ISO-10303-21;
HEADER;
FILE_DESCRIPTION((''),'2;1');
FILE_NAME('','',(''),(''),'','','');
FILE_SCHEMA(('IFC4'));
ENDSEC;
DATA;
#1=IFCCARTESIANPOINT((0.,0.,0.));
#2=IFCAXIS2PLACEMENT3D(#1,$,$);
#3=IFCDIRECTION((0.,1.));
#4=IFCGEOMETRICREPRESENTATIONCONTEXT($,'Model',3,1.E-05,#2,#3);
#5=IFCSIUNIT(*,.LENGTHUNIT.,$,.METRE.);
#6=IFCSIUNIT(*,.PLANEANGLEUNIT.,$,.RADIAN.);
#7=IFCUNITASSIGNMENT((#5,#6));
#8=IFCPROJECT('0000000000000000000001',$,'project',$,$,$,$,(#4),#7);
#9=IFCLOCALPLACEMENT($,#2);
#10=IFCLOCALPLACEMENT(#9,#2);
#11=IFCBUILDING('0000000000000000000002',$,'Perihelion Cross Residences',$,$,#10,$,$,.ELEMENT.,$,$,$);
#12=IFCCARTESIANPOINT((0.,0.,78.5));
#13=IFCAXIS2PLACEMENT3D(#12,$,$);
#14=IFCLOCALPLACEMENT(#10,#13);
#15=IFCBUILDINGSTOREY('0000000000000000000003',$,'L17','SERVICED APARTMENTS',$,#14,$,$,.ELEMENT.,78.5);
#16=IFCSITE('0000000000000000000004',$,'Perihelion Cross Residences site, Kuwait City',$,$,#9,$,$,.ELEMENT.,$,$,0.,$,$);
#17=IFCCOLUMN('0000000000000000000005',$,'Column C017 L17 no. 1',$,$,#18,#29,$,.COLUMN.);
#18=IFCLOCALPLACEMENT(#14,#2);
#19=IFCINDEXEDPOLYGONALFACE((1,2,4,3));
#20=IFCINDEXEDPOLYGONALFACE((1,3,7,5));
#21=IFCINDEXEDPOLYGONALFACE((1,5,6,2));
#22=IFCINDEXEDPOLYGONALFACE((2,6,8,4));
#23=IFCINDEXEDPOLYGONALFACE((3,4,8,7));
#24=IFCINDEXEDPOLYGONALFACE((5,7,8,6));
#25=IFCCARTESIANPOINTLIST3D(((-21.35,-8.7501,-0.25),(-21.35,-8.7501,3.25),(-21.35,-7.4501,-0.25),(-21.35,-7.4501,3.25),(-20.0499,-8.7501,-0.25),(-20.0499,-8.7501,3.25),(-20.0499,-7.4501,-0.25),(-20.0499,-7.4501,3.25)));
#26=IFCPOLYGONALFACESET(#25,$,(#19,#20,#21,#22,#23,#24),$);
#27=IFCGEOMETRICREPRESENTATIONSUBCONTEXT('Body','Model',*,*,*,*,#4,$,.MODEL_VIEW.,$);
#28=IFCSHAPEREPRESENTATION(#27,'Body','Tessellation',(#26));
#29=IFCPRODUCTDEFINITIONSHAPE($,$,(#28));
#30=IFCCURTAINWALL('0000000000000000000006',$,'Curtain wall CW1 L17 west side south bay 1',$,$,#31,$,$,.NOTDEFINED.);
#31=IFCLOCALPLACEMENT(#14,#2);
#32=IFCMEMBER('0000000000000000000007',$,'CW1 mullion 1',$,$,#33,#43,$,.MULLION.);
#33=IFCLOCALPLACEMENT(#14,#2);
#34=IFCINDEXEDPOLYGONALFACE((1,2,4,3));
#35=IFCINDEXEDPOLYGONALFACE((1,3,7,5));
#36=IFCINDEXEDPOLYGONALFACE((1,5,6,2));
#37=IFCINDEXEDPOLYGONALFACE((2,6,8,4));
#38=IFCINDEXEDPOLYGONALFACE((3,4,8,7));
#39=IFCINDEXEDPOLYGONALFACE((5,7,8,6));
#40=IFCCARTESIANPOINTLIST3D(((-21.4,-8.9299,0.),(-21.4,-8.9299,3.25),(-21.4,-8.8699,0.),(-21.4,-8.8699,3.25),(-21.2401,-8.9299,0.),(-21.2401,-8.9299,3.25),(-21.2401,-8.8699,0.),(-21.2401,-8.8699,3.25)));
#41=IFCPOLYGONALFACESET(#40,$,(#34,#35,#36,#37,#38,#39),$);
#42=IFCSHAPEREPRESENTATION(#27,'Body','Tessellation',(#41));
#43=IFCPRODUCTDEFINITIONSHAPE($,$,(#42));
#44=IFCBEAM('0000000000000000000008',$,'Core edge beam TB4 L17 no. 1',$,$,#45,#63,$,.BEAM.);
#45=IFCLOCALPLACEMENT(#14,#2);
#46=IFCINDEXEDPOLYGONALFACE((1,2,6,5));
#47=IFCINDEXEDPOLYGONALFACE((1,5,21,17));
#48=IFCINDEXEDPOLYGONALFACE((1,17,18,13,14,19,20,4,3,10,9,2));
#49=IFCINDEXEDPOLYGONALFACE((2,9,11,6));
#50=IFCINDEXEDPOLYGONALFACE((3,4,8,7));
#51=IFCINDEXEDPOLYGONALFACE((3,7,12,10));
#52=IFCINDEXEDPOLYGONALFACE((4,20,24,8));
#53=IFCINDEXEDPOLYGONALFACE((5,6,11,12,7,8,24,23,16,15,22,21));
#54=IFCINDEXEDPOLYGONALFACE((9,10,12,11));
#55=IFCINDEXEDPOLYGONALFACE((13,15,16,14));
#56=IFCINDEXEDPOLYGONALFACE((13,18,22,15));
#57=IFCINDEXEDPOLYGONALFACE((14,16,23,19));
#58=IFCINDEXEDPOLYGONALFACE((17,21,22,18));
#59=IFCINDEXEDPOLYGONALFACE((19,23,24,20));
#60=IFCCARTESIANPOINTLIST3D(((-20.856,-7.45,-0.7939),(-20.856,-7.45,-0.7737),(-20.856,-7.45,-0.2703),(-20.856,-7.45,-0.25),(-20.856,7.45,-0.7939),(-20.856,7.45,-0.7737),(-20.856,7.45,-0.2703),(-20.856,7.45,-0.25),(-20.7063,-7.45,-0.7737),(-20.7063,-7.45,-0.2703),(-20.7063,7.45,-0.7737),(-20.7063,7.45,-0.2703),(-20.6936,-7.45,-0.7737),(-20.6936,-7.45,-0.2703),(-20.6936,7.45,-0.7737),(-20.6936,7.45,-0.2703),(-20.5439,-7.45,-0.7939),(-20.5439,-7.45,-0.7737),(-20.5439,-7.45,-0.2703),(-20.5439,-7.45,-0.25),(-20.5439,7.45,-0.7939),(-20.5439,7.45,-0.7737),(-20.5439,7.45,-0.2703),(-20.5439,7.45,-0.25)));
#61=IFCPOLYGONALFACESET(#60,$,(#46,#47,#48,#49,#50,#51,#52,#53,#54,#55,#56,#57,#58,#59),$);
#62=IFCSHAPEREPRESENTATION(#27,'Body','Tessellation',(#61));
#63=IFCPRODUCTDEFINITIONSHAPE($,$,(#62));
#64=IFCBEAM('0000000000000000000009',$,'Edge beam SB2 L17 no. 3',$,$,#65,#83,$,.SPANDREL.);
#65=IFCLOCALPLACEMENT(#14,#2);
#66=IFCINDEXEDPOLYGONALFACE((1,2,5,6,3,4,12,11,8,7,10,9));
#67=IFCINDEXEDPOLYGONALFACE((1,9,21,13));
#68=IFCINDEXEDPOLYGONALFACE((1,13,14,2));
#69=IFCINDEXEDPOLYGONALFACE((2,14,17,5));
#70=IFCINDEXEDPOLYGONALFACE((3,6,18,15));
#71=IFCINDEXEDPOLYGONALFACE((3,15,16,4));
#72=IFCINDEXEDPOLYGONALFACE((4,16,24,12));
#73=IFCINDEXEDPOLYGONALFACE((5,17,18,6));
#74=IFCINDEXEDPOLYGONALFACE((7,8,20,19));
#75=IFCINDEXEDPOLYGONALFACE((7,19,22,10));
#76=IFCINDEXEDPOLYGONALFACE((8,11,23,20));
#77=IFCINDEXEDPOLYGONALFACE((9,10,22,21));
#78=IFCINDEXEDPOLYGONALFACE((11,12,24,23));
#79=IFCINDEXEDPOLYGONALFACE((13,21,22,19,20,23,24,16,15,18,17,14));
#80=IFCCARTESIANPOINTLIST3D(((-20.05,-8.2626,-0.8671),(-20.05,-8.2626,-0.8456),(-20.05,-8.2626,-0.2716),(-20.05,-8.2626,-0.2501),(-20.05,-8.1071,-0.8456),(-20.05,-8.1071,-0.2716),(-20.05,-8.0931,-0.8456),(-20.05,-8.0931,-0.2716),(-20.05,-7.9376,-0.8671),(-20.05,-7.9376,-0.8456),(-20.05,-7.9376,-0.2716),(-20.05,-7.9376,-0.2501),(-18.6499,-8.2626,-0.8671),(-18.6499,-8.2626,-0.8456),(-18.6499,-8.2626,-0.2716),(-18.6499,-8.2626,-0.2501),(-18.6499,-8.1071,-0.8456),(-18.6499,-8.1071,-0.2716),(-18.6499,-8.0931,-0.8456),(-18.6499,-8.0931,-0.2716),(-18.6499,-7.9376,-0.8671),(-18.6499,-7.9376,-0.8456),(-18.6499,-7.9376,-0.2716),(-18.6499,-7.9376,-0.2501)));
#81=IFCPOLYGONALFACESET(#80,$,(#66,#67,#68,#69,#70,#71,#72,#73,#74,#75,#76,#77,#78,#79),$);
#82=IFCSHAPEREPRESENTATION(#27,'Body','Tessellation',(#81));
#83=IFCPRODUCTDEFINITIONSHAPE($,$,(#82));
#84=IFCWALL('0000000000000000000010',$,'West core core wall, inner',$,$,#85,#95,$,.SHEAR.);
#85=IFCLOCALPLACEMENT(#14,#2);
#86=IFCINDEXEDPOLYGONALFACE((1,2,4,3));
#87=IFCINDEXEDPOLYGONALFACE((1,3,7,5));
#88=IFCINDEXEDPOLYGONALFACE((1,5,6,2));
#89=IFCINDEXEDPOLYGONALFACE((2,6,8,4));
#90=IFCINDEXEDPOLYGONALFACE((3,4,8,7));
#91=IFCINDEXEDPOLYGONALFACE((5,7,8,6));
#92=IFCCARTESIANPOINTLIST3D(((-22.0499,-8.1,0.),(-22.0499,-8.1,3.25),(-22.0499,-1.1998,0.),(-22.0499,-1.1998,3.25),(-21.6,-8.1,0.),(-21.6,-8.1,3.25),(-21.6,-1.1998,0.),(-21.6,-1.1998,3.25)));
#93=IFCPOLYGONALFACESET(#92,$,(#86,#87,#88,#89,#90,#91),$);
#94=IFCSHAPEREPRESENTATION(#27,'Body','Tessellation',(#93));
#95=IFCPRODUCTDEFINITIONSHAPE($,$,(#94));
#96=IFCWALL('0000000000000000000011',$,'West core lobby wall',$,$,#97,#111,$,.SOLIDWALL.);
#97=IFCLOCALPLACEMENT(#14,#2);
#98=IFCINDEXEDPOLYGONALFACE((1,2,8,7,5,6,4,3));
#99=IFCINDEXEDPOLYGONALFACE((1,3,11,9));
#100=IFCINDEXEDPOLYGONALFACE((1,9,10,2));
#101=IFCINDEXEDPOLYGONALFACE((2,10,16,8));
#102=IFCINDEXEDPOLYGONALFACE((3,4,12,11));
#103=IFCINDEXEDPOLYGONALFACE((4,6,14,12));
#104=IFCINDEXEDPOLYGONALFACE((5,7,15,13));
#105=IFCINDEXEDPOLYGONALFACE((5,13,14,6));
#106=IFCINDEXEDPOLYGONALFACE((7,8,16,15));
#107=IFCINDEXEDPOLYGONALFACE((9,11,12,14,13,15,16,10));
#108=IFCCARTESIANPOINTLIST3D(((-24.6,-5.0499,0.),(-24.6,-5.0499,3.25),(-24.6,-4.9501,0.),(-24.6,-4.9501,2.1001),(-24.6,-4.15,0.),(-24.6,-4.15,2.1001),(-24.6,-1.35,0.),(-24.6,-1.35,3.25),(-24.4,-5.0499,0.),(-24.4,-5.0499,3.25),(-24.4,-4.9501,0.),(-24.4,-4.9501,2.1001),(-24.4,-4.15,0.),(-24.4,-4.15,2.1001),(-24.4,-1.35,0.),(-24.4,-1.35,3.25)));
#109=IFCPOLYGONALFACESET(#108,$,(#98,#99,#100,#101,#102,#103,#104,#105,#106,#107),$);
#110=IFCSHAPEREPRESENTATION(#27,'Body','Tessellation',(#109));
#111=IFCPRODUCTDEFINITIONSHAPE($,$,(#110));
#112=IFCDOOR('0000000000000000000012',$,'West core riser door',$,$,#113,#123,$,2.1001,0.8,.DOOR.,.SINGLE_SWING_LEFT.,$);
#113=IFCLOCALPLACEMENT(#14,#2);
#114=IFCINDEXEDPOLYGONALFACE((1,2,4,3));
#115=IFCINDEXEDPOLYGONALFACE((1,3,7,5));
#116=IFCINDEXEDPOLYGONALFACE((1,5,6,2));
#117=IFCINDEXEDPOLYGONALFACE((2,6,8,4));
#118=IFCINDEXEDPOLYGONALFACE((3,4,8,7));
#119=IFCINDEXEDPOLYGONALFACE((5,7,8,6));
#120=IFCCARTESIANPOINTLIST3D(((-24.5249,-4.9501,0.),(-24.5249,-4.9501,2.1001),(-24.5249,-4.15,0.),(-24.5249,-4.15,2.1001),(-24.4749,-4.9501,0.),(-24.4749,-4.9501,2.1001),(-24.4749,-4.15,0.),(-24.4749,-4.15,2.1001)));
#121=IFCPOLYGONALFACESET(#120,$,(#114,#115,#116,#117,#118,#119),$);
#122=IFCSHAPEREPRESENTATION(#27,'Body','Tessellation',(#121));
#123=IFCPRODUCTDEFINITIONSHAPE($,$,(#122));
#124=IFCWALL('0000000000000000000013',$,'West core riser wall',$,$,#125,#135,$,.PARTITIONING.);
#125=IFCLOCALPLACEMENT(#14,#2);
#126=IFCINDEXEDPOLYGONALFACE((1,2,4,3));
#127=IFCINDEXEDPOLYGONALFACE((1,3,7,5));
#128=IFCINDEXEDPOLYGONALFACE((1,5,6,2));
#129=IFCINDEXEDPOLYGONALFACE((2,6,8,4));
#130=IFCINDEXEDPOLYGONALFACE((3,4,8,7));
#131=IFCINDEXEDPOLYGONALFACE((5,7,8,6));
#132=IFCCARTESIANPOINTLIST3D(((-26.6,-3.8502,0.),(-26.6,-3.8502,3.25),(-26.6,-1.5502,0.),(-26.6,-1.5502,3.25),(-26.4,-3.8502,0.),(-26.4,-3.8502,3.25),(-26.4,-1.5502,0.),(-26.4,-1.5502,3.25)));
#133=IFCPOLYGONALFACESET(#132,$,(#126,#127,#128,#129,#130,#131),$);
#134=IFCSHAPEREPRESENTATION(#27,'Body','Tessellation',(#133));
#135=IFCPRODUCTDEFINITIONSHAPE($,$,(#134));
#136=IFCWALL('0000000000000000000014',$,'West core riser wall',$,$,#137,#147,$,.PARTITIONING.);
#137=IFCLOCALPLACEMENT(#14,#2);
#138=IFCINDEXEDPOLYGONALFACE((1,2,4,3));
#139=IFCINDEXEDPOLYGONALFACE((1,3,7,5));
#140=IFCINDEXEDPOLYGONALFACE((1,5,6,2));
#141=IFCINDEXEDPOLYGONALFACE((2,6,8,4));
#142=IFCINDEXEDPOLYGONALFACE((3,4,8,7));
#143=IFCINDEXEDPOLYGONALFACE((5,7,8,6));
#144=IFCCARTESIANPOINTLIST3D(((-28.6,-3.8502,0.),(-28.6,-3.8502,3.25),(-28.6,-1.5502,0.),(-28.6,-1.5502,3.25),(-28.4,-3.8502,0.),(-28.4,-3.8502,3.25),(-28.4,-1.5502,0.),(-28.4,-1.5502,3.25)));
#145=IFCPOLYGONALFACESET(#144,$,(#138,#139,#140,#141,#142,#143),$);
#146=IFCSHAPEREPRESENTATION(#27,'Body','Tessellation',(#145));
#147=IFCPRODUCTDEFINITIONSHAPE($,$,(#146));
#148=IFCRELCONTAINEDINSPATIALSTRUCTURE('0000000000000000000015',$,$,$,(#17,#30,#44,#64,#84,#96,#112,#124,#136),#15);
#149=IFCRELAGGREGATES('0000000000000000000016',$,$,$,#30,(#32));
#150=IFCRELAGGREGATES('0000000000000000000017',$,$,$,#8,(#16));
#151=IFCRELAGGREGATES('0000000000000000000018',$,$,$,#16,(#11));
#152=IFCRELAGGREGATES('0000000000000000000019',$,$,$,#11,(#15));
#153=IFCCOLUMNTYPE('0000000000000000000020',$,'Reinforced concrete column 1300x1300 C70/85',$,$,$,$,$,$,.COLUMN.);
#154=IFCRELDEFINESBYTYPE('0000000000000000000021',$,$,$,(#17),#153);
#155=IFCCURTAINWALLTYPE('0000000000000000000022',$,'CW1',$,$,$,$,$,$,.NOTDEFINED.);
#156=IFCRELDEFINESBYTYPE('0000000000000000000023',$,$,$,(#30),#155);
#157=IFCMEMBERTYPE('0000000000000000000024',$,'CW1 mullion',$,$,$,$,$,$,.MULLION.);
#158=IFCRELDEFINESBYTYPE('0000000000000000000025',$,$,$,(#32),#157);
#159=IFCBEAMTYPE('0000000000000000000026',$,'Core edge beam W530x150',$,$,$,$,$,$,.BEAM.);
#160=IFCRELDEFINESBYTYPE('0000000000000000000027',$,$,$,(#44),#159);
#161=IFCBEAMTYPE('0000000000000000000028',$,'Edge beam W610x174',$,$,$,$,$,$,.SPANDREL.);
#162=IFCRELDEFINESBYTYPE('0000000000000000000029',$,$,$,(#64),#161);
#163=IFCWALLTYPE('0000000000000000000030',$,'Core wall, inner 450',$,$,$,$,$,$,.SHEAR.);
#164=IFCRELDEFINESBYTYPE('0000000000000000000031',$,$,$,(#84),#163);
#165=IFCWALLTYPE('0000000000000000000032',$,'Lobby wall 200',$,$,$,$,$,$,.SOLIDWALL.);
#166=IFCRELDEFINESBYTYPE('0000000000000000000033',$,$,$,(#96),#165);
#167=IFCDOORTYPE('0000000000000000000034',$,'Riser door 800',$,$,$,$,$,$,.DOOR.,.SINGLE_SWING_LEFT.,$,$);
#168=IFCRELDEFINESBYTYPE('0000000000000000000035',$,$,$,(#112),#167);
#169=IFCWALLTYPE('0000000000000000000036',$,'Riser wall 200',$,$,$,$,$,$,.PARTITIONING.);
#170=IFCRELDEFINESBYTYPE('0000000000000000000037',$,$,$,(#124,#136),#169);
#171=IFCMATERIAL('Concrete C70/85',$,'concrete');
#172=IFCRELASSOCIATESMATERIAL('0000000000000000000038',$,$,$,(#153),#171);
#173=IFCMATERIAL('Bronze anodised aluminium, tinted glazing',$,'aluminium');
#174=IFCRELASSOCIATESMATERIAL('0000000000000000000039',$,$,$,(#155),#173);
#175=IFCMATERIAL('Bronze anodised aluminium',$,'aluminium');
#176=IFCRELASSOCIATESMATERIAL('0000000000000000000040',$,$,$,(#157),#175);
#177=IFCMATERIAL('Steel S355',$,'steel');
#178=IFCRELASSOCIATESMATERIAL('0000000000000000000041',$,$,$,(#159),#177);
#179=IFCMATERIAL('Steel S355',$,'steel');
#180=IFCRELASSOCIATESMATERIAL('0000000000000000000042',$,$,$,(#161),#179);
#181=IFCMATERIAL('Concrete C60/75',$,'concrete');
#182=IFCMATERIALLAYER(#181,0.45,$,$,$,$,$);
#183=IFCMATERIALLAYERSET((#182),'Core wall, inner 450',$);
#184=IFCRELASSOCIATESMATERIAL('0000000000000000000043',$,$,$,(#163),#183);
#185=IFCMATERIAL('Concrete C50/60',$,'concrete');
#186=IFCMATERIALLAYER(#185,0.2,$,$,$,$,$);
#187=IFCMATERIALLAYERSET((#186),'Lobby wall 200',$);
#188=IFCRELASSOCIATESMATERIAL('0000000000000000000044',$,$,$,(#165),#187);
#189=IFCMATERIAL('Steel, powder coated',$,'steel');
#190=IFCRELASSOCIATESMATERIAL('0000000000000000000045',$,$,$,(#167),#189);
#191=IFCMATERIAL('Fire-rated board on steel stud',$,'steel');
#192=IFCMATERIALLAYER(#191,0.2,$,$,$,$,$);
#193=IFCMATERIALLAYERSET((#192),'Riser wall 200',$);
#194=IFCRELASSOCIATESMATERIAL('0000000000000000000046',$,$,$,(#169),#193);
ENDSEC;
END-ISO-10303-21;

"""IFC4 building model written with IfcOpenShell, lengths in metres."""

from ifc_helpers import new_model, si_unit, direction, frame, frame_2d, origin, origin_2d, place, context, subcontext, project, spatial, rectangle, i_section, extrude, material, layer, layer_set, material_profile, profile_set, type_object, element, fill, aggregate, save


model = new_model("IFC4")

# Units and contexts
model_context = context("Model", 3, precision=1e-05, world=origin(), true_north=direction((0.0, 1.0)))
body_context = subcontext(model_context, "Body", "Model", "MODEL_VIEW")
ifc_project = project(units=[si_unit("LENGTHUNIT", "METRE"), si_unit("PLANEANGLEUNIT", "RADIAN")], contexts=[model_context])

# Site, building, storey
site_placement = place(None, origin())
site = spatial("IfcSite", under=ifc_project, at=site_placement, Name="Perihelion Cross Residences site, Kuwait City", CompositionType="ELEMENT", RefElevation=0.0)
building_placement = place(site_placement, origin())
building = spatial("IfcBuilding", under=site, at=building_placement, Name="Perihelion Cross Residences", CompositionType="ELEMENT")
storey_placement = place(building_placement, frame((0.0, 0.0, 78.5)))
storey = spatial("IfcBuildingStorey", under=building, at=storey_placement, Name="L17", Description="SERVICED APARTMENTS", CompositionType="ELEMENT", Elevation=78.5)

# Column
ifc_material_1 = material(Name="Concrete C70/85", Category="concrete")
ifc_material_profile_1 = material_profile(ifc_material_1, rectangle(XDim=1.3, YDim=1.3, at=origin_2d()), Name="RC 1300x1300")
ifc_profile_set_1 = profile_set([ifc_material_profile_1], Name="Concrete C70/85")
column_type = type_object("IfcColumnType", Name="Reinforced concrete column 1300x1300 C70/85", PredefinedType="COLUMN", material=ifc_profile_set_1)
column_placement = place(storey_placement, frame((-20.7, -8.1001, -0.25), z_axis=(0.0, 0.0, 1.0), x_axis=(1.0, 0.0, 0.0)))
element("IfcColumn", 1, at=column_placement, inside=storey, type_object=column_type, Name="Column C017 L17 no. 1", PredefinedType="COLUMN", context=body_context, shape_type="SweptSolid", body=[
    extrude(rectangle(XDim=1.3, YDim=1.3, at=origin_2d()), origin(), (0.0, 0.0, 1.0), 3.5),
])

# Curtain wall, member
ifc_material_2 = material(Name="Bronze anodised aluminium, tinted glazing", Category="aluminium")
curtain_wall_type = type_object("IfcCurtainWallType", Name="CW1", PredefinedType="NOTDEFINED", material=ifc_material_2)
curtain_wall_placement = place(storey_placement, origin())
curtain_wall = element("IfcCurtainWall", 2, at=curtain_wall_placement, inside=storey, type_object=curtain_wall_type, Name="Curtain wall CW1 L17 west side south bay 1", PredefinedType="NOTDEFINED")
ifc_material_3 = material(Name="Bronze anodised aluminium", Category="aluminium")
ifc_material_profile_2 = material_profile(ifc_material_3, rectangle(XDim=0.0601, YDim=0.1599, at=origin_2d()), Name="CW1 mullion")
ifc_profile_set_2 = profile_set([ifc_material_profile_2], Name="Bronze anodised aluminium")
member_type = type_object("IfcMemberType", Name="CW1 mullion", PredefinedType="MULLION", material=ifc_profile_set_2)
member_placement = place(storey_placement, frame((-21.3201, -8.8999, 0.0), z_axis=(0.0, 0.0, 1.0), x_axis=(0.0, 1.0, 0.0)))
member = element("IfcMember", 3, at=member_placement, type_object=member_type, Name="CW1 mullion 1", PredefinedType="MULLION", context=body_context, shape_type="SweptSolid", body=[
    extrude(rectangle(XDim=0.0601, YDim=0.1599, at=origin_2d()), origin(), (0.0, 0.0, 1.0), 3.25),
])
aggregate(curtain_wall, [member])

# Beams
ifc_material_4 = material(Name="Steel S355", Category="steel")
ifc_material_profile_3 = material_profile(ifc_material_4, i_section(OverallWidth=0.312, OverallDepth=0.5439, WebThickness=0.0127, FlangeThickness=0.0203, at=origin_2d()), Name="W530x150")
ifc_profile_set_3 = profile_set([ifc_material_profile_3], Name="Steel S355")
beam_type_1 = type_object("IfcBeamType", Name="Core edge beam W530x150", PredefinedType="BEAM", material=ifc_profile_set_3)
beam_1_placement = place(storey_placement, frame((-20.7, -7.45, -0.522), z_axis=(0.0, 1.0, 0.0), x_axis=(-1.0, 0.0, 0.0)))
element("IfcBeam", 4, at=beam_1_placement, inside=storey, type_object=beam_type_1, Name="Core edge beam TB4 L17 no. 1", PredefinedType="BEAM", context=body_context, shape_type="SweptSolid", body=[
    extrude(i_section(OverallWidth=0.312, OverallDepth=0.5439, WebThickness=0.0127, FlangeThickness=0.0203, at=origin_2d()), origin(), (0.0, 0.0, 1.0), 14.8999),
])
ifc_material_5 = material(Name="Steel S355", Category="steel")
ifc_material_profile_4 = material_profile(ifc_material_5, i_section(OverallWidth=0.325, OverallDepth=0.6169, WebThickness=0.0139, FlangeThickness=0.0215, at=origin_2d()), Name="W610x174")
ifc_profile_set_4 = profile_set([ifc_material_profile_4], Name="Steel S355")
beam_type_2 = type_object("IfcBeamType", Name="Edge beam W610x174", PredefinedType="SPANDREL", material=ifc_profile_set_4)
beam_2_placement = place(storey_placement, frame((-20.05, -8.1001, -0.5586), z_axis=(1.0, 0.0, 0.0), x_axis=(0.0, 1.0, 0.0)))
element("IfcBeam", 5, at=beam_2_placement, inside=storey, type_object=beam_type_2, Name="Edge beam SB2 L17 no. 3", PredefinedType="SPANDREL", context=body_context, shape_type="SweptSolid", body=[
    extrude(i_section(OverallWidth=0.325, OverallDepth=0.6169, WebThickness=0.0139, FlangeThickness=0.0215, at=origin_2d()), origin(), (0.0, 0.0, 1.0), 1.4001),
])

# Wall
ifc_material_6 = material(Name="Concrete C60/75", Category="concrete")
ifc_layer_1 = layer(ifc_material_6, 0.45)
ifc_layer_set_1 = layer_set([ifc_layer_1], Name="Core wall, inner 450")
wall_type_1 = type_object("IfcWallType", Name="Core wall, inner 450", PredefinedType="SHEAR", material=ifc_layer_set_1)
wall_1_placement = place(storey_placement, frame((-21.825, -8.1001, 0.0), z_axis=(0.0, 0.0, 1.0), x_axis=(0.0, 1.0, 0.0)))
element("IfcWall", 6, at=wall_1_placement, inside=storey, type_object=wall_type_1, Name="West core core wall, inner", PredefinedType="SHEAR", context=body_context, shape_type="SweptSolid", body=[
    extrude(rectangle(XDim=6.9001, YDim=0.45, at=frame_2d((3.4502, 0.0))), origin(), (0.0, 0.0, 1.0), 3.25),
])

# Wall, opening, door
ifc_material_7 = material(Name="Concrete C50/60", Category="concrete")
ifc_layer_2 = layer(ifc_material_7, 0.2)
ifc_layer_set_2 = layer_set([ifc_layer_2], Name="Lobby wall 200")
wall_type_2 = type_object("IfcWallType", Name="Lobby wall 200", PredefinedType="SOLIDWALL", material=ifc_layer_set_2)
wall_2_placement = place(storey_placement, frame((-24.5, -5.05, 0.0), z_axis=(0.0, 0.0, 1.0), x_axis=(0.0, 1.0, 0.0)))
wall_2 = element("IfcWall", 7, at=wall_2_placement, inside=storey, type_object=wall_type_2, Name="West core lobby wall", PredefinedType="SOLIDWALL", context=body_context, shape_type="SweptSolid", body=[
    extrude(rectangle(XDim=3.7, YDim=0.2, at=frame_2d((1.8501, 0.0))), origin(), (0.0, 0.0, 1.0), 3.25),
])
opening_1_placement = place(wall_2_placement, frame((0.1001, 0.0, 0.0)))
opening_1 = element("IfcOpeningElement", 8, at=opening_1_placement, cuts=wall_2, PredefinedType="OPENING", context=body_context, shape_type="SweptSolid", body=[
    extrude(rectangle(XDim=0.8, YDim=2.1001, at=frame_2d((0.3999, 1.05))), frame((0.0, 0.1099, 0.0), z_axis=(0.0, -1.0, 0.0), x_axis=(1.0, 0.0, 0.0)), (0.0, 0.0, 1.0), 0.22),
])
ifc_material_8 = material(Name="Steel, powder coated", Category="steel")
door_type_1 = type_object("IfcDoorType", Name="Riser door 800", OperationType="SINGLE_SWING_LEFT", PredefinedType="DOOR", material=ifc_material_8)
door_1_placement = place(opening_1_placement, origin())
door_1 = element("IfcDoor", 9, at=door_1_placement, inside=storey, type_object=door_type_1, Name="West core riser door", OperationType="SINGLE_SWING_LEFT", OverallHeight=2.1001, OverallWidth=0.8, PredefinedType="DOOR", context=body_context, shape_type="SweptSolid", body=[
    extrude(rectangle(XDim=0.8, YDim=2.1001, at=frame_2d((0.3999, 1.05))), frame((0.0, 0.0249, 0.0), z_axis=(0.0, -1.0, 0.0), x_axis=(1.0, 0.0, 0.0)), (0.0, 0.0, 1.0), 0.05),
])
fill(opening_1, door_1)

# Walls
ifc_material_9 = material(Name="Fire-rated board on steel stud", Category="steel")
ifc_layer_3 = layer(ifc_material_9, 0.2)
ifc_layer_set_3 = layer_set([ifc_layer_3], Name="Riser wall 200")
wall_type_3 = type_object("IfcWallType", Name="Riser wall 200", PredefinedType="PARTITIONING", material=ifc_layer_set_3)
for number, where, z_axis, x_axis, name in (
    (10, (-26.5, -3.8501, 0.0), (0.0, 0.0, 1.0), (0.0, 1.0, 0.0), "West core riser wall"),
    (11, (-28.5, -3.8501, 0.0), (0.0, 0.0, 1.0), (0.0, 1.0, 0.0), "West core riser wall"),
):
    element("IfcWall", number, at=place(storey_placement, frame(where, z_axis=z_axis, x_axis=x_axis)), inside=storey, type_object=wall_type_3, Name=name, PredefinedType="PARTITIONING", context=body_context, shape_type="SweptSolid", body=[
        extrude(rectangle(XDim=2.3, YDim=0.2, at=frame_2d((1.1499, 0.0))), origin(), (0.0, 0.0, 1.0), 3.25),
    ])

save(model, "model.ifc")
